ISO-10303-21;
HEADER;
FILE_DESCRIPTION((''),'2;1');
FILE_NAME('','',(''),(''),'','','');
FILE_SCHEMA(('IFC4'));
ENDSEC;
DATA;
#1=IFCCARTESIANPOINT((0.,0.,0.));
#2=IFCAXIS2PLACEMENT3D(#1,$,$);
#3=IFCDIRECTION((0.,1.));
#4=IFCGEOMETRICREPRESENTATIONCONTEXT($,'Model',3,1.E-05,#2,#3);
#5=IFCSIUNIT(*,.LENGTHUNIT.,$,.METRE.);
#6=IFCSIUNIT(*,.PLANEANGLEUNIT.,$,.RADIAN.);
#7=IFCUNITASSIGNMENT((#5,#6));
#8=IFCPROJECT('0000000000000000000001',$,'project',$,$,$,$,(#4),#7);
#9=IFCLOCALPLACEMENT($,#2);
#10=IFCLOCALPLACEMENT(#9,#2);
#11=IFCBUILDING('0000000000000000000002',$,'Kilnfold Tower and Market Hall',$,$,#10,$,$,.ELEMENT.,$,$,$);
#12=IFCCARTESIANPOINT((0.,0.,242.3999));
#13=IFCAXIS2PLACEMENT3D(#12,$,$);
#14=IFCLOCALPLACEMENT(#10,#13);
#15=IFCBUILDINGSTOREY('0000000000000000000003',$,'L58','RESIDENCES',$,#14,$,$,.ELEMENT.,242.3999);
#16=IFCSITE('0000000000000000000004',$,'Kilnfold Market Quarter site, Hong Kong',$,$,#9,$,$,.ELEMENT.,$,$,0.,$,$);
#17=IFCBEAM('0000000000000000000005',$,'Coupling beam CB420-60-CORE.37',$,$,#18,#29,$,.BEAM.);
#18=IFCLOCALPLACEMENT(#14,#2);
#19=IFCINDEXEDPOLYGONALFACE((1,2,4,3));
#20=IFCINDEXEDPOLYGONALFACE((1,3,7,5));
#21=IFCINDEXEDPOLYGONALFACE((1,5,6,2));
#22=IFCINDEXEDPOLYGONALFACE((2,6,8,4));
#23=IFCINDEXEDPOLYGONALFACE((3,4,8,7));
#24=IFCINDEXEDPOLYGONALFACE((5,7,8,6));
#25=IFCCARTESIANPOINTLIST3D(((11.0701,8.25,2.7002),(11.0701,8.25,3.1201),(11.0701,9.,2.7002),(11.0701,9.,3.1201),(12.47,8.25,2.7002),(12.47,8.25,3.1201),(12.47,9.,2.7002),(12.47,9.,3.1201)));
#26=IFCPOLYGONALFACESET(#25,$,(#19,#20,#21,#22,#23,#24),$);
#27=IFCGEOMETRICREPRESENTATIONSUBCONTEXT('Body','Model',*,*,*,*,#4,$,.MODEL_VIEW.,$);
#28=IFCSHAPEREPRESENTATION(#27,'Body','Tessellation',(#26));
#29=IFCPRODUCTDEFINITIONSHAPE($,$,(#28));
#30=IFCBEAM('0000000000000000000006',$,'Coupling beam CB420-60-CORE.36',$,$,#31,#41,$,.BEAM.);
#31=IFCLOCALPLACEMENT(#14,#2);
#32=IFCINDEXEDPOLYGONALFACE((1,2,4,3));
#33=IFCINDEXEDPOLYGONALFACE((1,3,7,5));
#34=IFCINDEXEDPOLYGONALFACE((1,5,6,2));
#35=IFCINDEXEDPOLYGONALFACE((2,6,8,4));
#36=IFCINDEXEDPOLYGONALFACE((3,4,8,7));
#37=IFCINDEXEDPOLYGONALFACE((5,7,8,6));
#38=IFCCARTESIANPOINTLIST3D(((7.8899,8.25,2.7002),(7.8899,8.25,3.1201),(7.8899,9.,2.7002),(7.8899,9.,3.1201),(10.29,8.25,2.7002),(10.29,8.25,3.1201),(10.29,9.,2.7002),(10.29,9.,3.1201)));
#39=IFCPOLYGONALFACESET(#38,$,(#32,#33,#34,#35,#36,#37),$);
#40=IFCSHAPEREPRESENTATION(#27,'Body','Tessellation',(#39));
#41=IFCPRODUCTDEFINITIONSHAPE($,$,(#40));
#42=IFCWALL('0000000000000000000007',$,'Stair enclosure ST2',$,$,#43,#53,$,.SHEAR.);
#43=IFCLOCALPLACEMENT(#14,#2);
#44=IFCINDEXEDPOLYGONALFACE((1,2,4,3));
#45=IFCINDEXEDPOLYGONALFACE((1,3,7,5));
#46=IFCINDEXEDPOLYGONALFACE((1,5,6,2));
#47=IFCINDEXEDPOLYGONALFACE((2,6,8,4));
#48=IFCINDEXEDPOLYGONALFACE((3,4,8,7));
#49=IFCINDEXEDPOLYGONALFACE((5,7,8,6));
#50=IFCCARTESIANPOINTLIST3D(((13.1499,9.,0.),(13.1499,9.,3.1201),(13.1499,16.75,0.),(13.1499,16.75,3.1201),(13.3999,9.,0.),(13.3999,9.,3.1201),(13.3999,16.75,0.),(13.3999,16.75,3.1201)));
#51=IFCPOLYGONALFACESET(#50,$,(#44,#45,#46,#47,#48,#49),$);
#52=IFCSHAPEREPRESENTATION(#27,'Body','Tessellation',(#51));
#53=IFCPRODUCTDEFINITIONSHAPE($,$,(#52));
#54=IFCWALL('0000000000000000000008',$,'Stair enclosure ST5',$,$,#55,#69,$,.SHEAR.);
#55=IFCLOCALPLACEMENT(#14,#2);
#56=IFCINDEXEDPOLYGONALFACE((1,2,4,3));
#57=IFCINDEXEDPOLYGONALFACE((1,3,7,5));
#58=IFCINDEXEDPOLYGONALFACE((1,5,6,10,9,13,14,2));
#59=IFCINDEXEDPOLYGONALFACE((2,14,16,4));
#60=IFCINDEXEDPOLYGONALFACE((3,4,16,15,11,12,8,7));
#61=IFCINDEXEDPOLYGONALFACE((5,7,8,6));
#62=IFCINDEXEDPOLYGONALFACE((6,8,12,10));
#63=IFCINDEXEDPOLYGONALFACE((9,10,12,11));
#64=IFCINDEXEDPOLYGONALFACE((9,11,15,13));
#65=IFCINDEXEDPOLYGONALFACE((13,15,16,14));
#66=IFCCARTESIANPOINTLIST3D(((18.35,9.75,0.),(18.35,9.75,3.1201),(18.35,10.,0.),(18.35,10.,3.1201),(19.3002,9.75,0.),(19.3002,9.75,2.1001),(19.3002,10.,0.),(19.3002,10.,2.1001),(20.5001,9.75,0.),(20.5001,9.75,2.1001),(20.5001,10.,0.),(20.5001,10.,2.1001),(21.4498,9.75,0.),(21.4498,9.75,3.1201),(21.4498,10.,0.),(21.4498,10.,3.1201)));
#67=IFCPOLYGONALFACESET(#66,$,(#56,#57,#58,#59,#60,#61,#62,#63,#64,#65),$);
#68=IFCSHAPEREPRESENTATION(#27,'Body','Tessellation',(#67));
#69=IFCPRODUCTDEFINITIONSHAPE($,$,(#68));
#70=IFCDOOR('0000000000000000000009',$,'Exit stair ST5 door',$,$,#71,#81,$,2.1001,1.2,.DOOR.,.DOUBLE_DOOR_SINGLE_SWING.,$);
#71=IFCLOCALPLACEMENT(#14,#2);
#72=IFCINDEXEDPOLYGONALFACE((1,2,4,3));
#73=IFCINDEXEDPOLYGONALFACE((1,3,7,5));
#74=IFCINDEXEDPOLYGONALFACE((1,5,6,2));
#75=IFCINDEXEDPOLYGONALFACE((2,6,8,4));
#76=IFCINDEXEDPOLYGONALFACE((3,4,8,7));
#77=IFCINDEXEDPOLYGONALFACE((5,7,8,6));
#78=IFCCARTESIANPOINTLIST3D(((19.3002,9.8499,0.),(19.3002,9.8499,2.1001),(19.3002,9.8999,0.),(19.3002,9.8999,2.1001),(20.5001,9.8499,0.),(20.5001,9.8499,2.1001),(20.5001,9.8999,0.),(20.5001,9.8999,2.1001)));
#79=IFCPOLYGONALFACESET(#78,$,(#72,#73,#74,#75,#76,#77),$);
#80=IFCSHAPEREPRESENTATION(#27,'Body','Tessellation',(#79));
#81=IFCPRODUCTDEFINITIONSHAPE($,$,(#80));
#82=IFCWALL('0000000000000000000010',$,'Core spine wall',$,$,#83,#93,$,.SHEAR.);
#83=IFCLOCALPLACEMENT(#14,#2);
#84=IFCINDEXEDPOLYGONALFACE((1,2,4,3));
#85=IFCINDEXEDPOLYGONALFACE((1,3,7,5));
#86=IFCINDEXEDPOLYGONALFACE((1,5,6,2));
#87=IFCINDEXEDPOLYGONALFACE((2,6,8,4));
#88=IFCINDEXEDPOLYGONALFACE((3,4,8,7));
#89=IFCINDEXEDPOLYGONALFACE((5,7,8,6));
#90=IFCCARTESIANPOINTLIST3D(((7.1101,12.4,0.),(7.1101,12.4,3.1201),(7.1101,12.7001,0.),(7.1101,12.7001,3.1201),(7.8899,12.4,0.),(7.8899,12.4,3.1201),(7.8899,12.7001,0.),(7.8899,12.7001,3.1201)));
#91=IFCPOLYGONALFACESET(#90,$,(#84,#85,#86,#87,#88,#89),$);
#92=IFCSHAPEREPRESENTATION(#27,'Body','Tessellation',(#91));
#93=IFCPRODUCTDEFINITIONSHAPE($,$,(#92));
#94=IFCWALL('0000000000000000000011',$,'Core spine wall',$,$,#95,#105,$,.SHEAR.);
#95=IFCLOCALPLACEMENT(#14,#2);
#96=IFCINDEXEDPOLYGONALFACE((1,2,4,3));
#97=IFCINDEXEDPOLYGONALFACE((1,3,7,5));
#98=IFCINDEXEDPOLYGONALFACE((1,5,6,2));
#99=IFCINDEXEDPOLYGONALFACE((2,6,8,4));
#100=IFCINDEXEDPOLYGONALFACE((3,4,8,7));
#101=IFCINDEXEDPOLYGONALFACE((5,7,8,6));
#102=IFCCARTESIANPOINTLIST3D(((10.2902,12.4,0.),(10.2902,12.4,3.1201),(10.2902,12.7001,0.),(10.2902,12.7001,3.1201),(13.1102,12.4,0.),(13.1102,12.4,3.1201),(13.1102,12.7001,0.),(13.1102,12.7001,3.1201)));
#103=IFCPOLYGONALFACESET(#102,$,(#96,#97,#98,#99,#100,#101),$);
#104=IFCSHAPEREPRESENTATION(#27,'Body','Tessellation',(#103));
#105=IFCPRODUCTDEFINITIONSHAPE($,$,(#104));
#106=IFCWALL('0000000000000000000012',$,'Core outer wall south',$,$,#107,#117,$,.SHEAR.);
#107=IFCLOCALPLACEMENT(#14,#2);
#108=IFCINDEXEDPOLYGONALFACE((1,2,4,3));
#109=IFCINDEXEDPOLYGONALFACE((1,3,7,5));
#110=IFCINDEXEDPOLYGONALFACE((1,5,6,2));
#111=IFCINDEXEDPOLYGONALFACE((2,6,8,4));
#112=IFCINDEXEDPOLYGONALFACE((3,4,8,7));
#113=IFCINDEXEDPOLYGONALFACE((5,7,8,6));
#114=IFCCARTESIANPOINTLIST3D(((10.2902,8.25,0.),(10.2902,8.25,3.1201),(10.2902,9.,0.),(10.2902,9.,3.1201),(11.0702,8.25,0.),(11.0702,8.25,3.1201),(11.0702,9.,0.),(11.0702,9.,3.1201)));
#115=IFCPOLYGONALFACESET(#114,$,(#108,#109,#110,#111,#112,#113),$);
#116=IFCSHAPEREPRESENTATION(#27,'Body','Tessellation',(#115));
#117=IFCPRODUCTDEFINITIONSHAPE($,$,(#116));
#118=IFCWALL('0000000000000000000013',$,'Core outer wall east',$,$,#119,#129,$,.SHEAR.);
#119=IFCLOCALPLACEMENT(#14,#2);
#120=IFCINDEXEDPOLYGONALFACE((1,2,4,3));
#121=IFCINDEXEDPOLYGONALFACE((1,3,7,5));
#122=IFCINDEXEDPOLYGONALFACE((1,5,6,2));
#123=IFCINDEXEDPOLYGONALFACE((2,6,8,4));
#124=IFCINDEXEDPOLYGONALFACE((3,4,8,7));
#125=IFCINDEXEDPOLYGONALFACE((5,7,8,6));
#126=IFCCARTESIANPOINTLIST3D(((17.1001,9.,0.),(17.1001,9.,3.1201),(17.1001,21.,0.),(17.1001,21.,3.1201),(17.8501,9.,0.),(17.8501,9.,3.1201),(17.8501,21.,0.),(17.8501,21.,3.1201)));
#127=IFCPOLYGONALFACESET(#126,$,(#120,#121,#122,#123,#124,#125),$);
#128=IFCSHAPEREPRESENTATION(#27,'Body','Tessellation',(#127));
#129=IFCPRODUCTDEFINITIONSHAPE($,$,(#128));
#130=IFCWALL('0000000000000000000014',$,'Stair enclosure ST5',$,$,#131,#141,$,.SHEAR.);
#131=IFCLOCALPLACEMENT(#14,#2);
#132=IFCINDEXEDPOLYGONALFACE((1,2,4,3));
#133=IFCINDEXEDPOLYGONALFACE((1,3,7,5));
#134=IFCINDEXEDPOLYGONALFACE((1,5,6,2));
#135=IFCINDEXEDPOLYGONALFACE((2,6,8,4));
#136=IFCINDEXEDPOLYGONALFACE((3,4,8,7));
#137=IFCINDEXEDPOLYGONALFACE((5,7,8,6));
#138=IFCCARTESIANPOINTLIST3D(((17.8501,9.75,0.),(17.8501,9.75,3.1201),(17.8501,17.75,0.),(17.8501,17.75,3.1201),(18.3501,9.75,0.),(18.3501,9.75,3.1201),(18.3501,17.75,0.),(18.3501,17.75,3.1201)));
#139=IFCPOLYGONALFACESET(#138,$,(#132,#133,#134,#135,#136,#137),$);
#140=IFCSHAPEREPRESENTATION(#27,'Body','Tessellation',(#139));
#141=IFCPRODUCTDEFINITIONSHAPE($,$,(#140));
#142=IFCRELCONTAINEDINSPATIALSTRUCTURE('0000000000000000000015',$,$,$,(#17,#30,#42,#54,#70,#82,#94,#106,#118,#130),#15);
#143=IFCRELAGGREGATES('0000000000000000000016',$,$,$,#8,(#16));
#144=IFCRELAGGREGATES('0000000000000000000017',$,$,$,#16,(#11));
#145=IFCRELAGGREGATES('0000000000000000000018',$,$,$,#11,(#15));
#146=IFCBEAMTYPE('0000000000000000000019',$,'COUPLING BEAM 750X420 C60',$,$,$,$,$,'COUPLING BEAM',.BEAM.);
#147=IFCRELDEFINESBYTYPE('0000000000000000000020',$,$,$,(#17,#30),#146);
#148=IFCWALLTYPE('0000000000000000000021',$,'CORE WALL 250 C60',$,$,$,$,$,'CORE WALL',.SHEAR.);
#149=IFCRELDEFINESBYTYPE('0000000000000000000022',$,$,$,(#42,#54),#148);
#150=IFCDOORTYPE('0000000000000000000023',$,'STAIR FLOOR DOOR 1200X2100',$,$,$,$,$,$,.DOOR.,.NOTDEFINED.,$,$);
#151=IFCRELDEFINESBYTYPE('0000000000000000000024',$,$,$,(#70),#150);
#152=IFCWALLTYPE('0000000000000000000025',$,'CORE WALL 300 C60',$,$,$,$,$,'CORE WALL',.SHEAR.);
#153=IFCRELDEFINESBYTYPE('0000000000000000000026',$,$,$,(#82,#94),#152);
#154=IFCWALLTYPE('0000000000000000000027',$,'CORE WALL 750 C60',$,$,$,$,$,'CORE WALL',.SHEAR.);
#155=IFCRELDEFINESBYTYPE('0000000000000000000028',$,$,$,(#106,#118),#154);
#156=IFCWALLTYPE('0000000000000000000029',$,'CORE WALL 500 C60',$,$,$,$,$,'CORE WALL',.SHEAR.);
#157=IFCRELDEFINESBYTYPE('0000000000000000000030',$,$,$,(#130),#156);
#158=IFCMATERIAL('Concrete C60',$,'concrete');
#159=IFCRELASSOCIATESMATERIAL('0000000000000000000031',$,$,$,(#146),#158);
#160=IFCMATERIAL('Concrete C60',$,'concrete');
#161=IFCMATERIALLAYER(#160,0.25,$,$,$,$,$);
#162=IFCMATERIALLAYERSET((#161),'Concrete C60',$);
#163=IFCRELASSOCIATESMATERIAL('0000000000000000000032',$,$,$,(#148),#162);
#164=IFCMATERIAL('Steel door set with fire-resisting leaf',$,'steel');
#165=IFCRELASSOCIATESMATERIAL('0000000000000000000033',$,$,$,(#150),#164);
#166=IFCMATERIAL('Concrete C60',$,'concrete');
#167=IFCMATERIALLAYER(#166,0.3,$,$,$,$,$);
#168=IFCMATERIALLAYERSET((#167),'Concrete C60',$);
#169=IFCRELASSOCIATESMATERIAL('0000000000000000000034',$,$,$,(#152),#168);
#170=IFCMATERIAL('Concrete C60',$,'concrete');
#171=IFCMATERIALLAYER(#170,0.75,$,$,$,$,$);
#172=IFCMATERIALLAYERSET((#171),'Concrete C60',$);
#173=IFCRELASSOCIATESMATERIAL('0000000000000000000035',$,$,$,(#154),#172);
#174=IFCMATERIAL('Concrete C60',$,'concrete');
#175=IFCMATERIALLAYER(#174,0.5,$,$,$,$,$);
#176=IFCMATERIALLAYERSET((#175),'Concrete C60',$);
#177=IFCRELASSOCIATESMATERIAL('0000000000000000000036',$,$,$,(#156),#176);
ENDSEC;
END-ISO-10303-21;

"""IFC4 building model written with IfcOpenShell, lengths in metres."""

from ifc_helpers import new_model, si_unit, direction, frame, frame_2d, origin, origin_2d, place, context, subcontext, project, spatial, rectangle, extrude, source, transform, mapped, material, layer, layer_set, material_profile, profile_set, type_object, element, fill, save


model = new_model("IFC4")

# Units and contexts
model_context = context("Model", 3, precision=1e-05, world=origin(), true_north=direction((0.0, 1.0)))
body_context = subcontext(model_context, "Body", "Model", "MODEL_VIEW")
ifc_project = project(units=[si_unit("LENGTHUNIT", "METRE"), si_unit("PLANEANGLEUNIT", "RADIAN")], contexts=[model_context])

# Site, building, storey
site_placement = place(None, origin())
site = spatial("IfcSite", under=ifc_project, at=site_placement, Name="Kilnfold Market Quarter site, Hong Kong", CompositionType="ELEMENT", RefElevation=0.0)
building_placement = place(site_placement, origin())
building = spatial("IfcBuilding", under=site, at=building_placement, Name="Kilnfold Tower and Market Hall", CompositionType="ELEMENT")
storey_placement = place(building_placement, frame((0.0, 0.0, 242.3999)))
storey = spatial("IfcBuildingStorey", under=building, at=storey_placement, Name="L58", Description="RESIDENCES", CompositionType="ELEMENT", Elevation=242.3999)

# Beams
ifc_material_1 = material(Name="Concrete C60", Category="concrete")
ifc_material_profile = material_profile(ifc_material_1, rectangle(XDim=0.75, YDim=0.4199, at=origin_2d()), Name="RC 750x420")
ifc_profile_set = profile_set([ifc_material_profile], Name="Concrete C60")
beam_type = type_object("IfcBeamType", Name="COUPLING BEAM 750X420 C60", ElementType="COUPLING BEAM", PredefinedType="BEAM", material=ifc_profile_set)
shared_shape_1 = source(origin(), body_context, "Body", "SweptSolid", [
    extrude(rectangle(XDim=0.75, YDim=0.4199, at=origin_2d()), origin(), (0.0, 0.0, 1.0), 1.3999),
])
beam_1_placement = place(storey_placement, frame((11.0701, 8.625, 2.9102), z_axis=(1.0, 0.0, 0.0), x_axis=(0.0, 1.0, 0.0)))
element("IfcBeam", 1, at=beam_1_placement, inside=storey, type_object=beam_type, Name="Coupling beam CB420-60-CORE.37", PredefinedType="BEAM", context=body_context, shape_type="MappedRepresentation", body=[
    mapped(shared_shape_1, transform((0.0, 0.0, 0.0))),
])
shared_shape_2 = source(origin(), body_context, "Body", "SweptSolid", [
    extrude(rectangle(XDim=0.75, YDim=0.4199, at=origin_2d()), origin(), (0.0, 0.0, 1.0), 2.4001),
])
beam_2_placement = place(storey_placement, frame((7.8899, 8.625, 2.9102), z_axis=(1.0, 0.0, 0.0), x_axis=(0.0, 1.0, 0.0)))
element("IfcBeam", 2, at=beam_2_placement, inside=storey, type_object=beam_type, Name="Coupling beam CB420-60-CORE.36", PredefinedType="BEAM", context=body_context, shape_type="MappedRepresentation", body=[
    mapped(shared_shape_2, transform((0.0, 0.0, 0.0))),
])

# Wall
ifc_material_2 = material(Name="Concrete C60", Category="concrete")
ifc_layer_1 = layer(ifc_material_2, 0.25)
ifc_layer_set_1 = layer_set([ifc_layer_1], Name="Concrete C60")
wall_type_1 = type_object("IfcWallType", Name="CORE WALL 250 C60", ElementType="CORE WALL", PredefinedType="SHEAR", material=ifc_layer_set_1)
shared_shape_3 = source(origin(), body_context, "Body", "SweptSolid", [
    extrude(rectangle(XDim=7.75, YDim=0.25, at=frame_2d((3.875, 0.0))), origin(), (0.0, 0.0, 1.0), 3.1201),
])
wall_1_placement = place(storey_placement, frame((13.2749, 9.0, 0.0), z_axis=(0.0, 0.0, 1.0), x_axis=(0.0, 1.0, 0.0)))
element("IfcWall", 3, at=wall_1_placement, inside=storey, type_object=wall_type_1, Name="Stair enclosure ST2", PredefinedType="SHEAR", context=body_context, shape_type="MappedRepresentation", body=[
    mapped(shared_shape_3, transform((0.0, 0.0, 0.0))),
])

# Wall, opening, door
shared_shape_4 = source(origin(), body_context, "Body", "SweptSolid", [
    extrude(rectangle(XDim=3.0999, YDim=0.25, at=frame_2d((1.5498, 0.0))), origin(), (0.0, 0.0, 1.0), 3.1201),
])
wall_2_placement = place(storey_placement, frame((18.3501, 9.875, 0.0), z_axis=(0.0, 0.0, 1.0), x_axis=(1.0, 0.0, 0.0)))
wall_2 = element("IfcWall", 4, at=wall_2_placement, inside=storey, type_object=wall_type_1, Name="Stair enclosure ST5", PredefinedType="SHEAR", context=body_context, shape_type="MappedRepresentation", body=[
    mapped(shared_shape_4, transform((0.0, 0.0, 0.0))),
])
opening_1_placement = place(wall_2_placement, frame((0.95, 0.0, 0.0)))
opening_1 = element("IfcOpeningElement", 5, at=opening_1_placement, cuts=wall_2, PredefinedType="OPENING", context=body_context, shape_type="SweptSolid", body=[
    extrude(rectangle(XDim=1.2, YDim=2.1001, at=frame_2d((0.6001, 1.05))), frame((0.0, 0.135, 0.0), z_axis=(0.0, -1.0, 0.0), x_axis=(1.0, 0.0, 0.0)), (0.0, 0.0, 1.0), 0.27),
])
ifc_material_3 = material(Name="Steel door set with fire-resisting leaf", Category="steel")
door_type_1 = type_object("IfcDoorType", Name="STAIR FLOOR DOOR 1200X2100", OperationType="NOTDEFINED", PredefinedType="DOOR", material=ifc_material_3)
door_1_placement = place(opening_1_placement, origin())
door_1 = element("IfcDoor", 6, at=door_1_placement, inside=storey, type_object=door_type_1, Name="Exit stair ST5 door", OperationType="DOUBLE_DOOR_SINGLE_SWING", OverallHeight=2.1001, OverallWidth=1.2, PredefinedType="DOOR", context=body_context, shape_type="SweptSolid", body=[
    extrude(rectangle(XDim=1.2, YDim=2.1001, at=frame_2d((0.6001, 1.05))), frame((0.0, 0.0249, 0.0), z_axis=(0.0, -1.0, 0.0), x_axis=(1.0, 0.0, 0.0)), (0.0, 0.0, 1.0), 0.05),
])
fill(opening_1, door_1)

# Walls
ifc_material_4 = material(Name="Concrete C60", Category="concrete")
ifc_layer_2 = layer(ifc_material_4, 0.3)
ifc_layer_set_2 = layer_set([ifc_layer_2], Name="Concrete C60")
wall_type_2 = type_object("IfcWallType", Name="CORE WALL 300 C60", ElementType="CORE WALL", PredefinedType="SHEAR", material=ifc_layer_set_2)
shared_shape_5 = source(origin(), body_context, "Body", "SweptSolid", [
    extrude(rectangle(XDim=0.7798, YDim=0.3, at=frame_2d((0.3899, 0.0))), origin(), (0.0, 0.0, 1.0), 3.1201),
])
wall_3_placement = place(storey_placement, frame((7.1101, 12.55, 0.0), z_axis=(0.0, 0.0, 1.0), x_axis=(1.0, 0.0, 0.0)))
element("IfcWall", 7, at=wall_3_placement, inside=storey, type_object=wall_type_2, Name="Core spine wall", PredefinedType="SHEAR", context=body_context, shape_type="MappedRepresentation", body=[
    mapped(shared_shape_5, transform((0.0, 0.0, 0.0))),
])
shared_shape_6 = source(origin(), body_context, "Body", "SweptSolid", [
    extrude(rectangle(XDim=2.8201, YDim=0.3, at=frame_2d((1.4102, 0.0))), origin(), (0.0, 0.0, 1.0), 3.1201),
])
wall_4_placement = place(storey_placement, frame((10.29, 12.55, 0.0), z_axis=(0.0, 0.0, 1.0), x_axis=(1.0, 0.0, 0.0)))
element("IfcWall", 8, at=wall_4_placement, inside=storey, type_object=wall_type_2, Name="Core spine wall", PredefinedType="SHEAR", context=body_context, shape_type="MappedRepresentation", body=[
    mapped(shared_shape_6, transform((0.0, 0.0, 0.0))),
])
ifc_material_5 = material(Name="Concrete C60", Category="concrete")
ifc_layer_3 = layer(ifc_material_5, 0.75)
ifc_layer_set_3 = layer_set([ifc_layer_3], Name="Concrete C60")
wall_type_3 = type_object("IfcWallType", Name="CORE WALL 750 C60", ElementType="CORE WALL", PredefinedType="SHEAR", material=ifc_layer_set_3)
shared_shape_7 = source(origin(), body_context, "Body", "SweptSolid", [
    extrude(rectangle(XDim=0.78, YDim=0.75, at=frame_2d((0.3901, 0.0))), origin(), (0.0, 0.0, 1.0), 3.1201),
])
wall_5_placement = place(storey_placement, frame((10.29, 8.625, 0.0), z_axis=(0.0, 0.0, 1.0), x_axis=(1.0, 0.0, 0.0)))
element("IfcWall", 9, at=wall_5_placement, inside=storey, type_object=wall_type_3, Name="Core outer wall south", PredefinedType="SHEAR", context=body_context, shape_type="MappedRepresentation", body=[
    mapped(shared_shape_7, transform((0.0, 0.0, 0.0))),
])

# Walls
shared_shape_8 = source(origin(), body_context, "Body", "SweptSolid", [
    extrude(rectangle(XDim=12.0, YDim=0.75, at=frame_2d((6.0, 0.0))), origin(), (0.0, 0.0, 1.0), 3.1201),
])
wall_6_placement = place(storey_placement, frame((17.4751, 9.0, 0.0), z_axis=(0.0, 0.0, 1.0), x_axis=(0.0, 1.0, 0.0)))
element("IfcWall", 10, at=wall_6_placement, inside=storey, type_object=wall_type_3, Name="Core outer wall east", PredefinedType="SHEAR", context=body_context, shape_type="MappedRepresentation", body=[
    mapped(shared_shape_8, transform((0.0, 0.0, 0.0))),
])
ifc_material_6 = material(Name="Concrete C60", Category="concrete")
ifc_layer_4 = layer(ifc_material_6, 0.5)
ifc_layer_set_4 = layer_set([ifc_layer_4], Name="Concrete C60")
wall_type_4 = type_object("IfcWallType", Name="CORE WALL 500 C60", ElementType="CORE WALL", PredefinedType="SHEAR", material=ifc_layer_set_4)
shared_shape_9 = source(origin(), body_context, "Body", "SweptSolid", [
    extrude(rectangle(XDim=8.0, YDim=0.5, at=frame_2d((4.0, 0.0))), origin(), (0.0, 0.0, 1.0), 3.1201),
])
wall_7_placement = place(storey_placement, frame((18.1001, 9.75, 0.0), z_axis=(0.0, 0.0, 1.0), x_axis=(0.0, 1.0, 0.0)))
element("IfcWall", 11, at=wall_7_placement, inside=storey, type_object=wall_type_4, Name="Stair enclosure ST5", PredefinedType="SHEAR", context=body_context, shape_type="MappedRepresentation", body=[
    mapped(shared_shape_9, transform((0.0, 0.0, 0.0))),
])

save(model, "model.ifc")
